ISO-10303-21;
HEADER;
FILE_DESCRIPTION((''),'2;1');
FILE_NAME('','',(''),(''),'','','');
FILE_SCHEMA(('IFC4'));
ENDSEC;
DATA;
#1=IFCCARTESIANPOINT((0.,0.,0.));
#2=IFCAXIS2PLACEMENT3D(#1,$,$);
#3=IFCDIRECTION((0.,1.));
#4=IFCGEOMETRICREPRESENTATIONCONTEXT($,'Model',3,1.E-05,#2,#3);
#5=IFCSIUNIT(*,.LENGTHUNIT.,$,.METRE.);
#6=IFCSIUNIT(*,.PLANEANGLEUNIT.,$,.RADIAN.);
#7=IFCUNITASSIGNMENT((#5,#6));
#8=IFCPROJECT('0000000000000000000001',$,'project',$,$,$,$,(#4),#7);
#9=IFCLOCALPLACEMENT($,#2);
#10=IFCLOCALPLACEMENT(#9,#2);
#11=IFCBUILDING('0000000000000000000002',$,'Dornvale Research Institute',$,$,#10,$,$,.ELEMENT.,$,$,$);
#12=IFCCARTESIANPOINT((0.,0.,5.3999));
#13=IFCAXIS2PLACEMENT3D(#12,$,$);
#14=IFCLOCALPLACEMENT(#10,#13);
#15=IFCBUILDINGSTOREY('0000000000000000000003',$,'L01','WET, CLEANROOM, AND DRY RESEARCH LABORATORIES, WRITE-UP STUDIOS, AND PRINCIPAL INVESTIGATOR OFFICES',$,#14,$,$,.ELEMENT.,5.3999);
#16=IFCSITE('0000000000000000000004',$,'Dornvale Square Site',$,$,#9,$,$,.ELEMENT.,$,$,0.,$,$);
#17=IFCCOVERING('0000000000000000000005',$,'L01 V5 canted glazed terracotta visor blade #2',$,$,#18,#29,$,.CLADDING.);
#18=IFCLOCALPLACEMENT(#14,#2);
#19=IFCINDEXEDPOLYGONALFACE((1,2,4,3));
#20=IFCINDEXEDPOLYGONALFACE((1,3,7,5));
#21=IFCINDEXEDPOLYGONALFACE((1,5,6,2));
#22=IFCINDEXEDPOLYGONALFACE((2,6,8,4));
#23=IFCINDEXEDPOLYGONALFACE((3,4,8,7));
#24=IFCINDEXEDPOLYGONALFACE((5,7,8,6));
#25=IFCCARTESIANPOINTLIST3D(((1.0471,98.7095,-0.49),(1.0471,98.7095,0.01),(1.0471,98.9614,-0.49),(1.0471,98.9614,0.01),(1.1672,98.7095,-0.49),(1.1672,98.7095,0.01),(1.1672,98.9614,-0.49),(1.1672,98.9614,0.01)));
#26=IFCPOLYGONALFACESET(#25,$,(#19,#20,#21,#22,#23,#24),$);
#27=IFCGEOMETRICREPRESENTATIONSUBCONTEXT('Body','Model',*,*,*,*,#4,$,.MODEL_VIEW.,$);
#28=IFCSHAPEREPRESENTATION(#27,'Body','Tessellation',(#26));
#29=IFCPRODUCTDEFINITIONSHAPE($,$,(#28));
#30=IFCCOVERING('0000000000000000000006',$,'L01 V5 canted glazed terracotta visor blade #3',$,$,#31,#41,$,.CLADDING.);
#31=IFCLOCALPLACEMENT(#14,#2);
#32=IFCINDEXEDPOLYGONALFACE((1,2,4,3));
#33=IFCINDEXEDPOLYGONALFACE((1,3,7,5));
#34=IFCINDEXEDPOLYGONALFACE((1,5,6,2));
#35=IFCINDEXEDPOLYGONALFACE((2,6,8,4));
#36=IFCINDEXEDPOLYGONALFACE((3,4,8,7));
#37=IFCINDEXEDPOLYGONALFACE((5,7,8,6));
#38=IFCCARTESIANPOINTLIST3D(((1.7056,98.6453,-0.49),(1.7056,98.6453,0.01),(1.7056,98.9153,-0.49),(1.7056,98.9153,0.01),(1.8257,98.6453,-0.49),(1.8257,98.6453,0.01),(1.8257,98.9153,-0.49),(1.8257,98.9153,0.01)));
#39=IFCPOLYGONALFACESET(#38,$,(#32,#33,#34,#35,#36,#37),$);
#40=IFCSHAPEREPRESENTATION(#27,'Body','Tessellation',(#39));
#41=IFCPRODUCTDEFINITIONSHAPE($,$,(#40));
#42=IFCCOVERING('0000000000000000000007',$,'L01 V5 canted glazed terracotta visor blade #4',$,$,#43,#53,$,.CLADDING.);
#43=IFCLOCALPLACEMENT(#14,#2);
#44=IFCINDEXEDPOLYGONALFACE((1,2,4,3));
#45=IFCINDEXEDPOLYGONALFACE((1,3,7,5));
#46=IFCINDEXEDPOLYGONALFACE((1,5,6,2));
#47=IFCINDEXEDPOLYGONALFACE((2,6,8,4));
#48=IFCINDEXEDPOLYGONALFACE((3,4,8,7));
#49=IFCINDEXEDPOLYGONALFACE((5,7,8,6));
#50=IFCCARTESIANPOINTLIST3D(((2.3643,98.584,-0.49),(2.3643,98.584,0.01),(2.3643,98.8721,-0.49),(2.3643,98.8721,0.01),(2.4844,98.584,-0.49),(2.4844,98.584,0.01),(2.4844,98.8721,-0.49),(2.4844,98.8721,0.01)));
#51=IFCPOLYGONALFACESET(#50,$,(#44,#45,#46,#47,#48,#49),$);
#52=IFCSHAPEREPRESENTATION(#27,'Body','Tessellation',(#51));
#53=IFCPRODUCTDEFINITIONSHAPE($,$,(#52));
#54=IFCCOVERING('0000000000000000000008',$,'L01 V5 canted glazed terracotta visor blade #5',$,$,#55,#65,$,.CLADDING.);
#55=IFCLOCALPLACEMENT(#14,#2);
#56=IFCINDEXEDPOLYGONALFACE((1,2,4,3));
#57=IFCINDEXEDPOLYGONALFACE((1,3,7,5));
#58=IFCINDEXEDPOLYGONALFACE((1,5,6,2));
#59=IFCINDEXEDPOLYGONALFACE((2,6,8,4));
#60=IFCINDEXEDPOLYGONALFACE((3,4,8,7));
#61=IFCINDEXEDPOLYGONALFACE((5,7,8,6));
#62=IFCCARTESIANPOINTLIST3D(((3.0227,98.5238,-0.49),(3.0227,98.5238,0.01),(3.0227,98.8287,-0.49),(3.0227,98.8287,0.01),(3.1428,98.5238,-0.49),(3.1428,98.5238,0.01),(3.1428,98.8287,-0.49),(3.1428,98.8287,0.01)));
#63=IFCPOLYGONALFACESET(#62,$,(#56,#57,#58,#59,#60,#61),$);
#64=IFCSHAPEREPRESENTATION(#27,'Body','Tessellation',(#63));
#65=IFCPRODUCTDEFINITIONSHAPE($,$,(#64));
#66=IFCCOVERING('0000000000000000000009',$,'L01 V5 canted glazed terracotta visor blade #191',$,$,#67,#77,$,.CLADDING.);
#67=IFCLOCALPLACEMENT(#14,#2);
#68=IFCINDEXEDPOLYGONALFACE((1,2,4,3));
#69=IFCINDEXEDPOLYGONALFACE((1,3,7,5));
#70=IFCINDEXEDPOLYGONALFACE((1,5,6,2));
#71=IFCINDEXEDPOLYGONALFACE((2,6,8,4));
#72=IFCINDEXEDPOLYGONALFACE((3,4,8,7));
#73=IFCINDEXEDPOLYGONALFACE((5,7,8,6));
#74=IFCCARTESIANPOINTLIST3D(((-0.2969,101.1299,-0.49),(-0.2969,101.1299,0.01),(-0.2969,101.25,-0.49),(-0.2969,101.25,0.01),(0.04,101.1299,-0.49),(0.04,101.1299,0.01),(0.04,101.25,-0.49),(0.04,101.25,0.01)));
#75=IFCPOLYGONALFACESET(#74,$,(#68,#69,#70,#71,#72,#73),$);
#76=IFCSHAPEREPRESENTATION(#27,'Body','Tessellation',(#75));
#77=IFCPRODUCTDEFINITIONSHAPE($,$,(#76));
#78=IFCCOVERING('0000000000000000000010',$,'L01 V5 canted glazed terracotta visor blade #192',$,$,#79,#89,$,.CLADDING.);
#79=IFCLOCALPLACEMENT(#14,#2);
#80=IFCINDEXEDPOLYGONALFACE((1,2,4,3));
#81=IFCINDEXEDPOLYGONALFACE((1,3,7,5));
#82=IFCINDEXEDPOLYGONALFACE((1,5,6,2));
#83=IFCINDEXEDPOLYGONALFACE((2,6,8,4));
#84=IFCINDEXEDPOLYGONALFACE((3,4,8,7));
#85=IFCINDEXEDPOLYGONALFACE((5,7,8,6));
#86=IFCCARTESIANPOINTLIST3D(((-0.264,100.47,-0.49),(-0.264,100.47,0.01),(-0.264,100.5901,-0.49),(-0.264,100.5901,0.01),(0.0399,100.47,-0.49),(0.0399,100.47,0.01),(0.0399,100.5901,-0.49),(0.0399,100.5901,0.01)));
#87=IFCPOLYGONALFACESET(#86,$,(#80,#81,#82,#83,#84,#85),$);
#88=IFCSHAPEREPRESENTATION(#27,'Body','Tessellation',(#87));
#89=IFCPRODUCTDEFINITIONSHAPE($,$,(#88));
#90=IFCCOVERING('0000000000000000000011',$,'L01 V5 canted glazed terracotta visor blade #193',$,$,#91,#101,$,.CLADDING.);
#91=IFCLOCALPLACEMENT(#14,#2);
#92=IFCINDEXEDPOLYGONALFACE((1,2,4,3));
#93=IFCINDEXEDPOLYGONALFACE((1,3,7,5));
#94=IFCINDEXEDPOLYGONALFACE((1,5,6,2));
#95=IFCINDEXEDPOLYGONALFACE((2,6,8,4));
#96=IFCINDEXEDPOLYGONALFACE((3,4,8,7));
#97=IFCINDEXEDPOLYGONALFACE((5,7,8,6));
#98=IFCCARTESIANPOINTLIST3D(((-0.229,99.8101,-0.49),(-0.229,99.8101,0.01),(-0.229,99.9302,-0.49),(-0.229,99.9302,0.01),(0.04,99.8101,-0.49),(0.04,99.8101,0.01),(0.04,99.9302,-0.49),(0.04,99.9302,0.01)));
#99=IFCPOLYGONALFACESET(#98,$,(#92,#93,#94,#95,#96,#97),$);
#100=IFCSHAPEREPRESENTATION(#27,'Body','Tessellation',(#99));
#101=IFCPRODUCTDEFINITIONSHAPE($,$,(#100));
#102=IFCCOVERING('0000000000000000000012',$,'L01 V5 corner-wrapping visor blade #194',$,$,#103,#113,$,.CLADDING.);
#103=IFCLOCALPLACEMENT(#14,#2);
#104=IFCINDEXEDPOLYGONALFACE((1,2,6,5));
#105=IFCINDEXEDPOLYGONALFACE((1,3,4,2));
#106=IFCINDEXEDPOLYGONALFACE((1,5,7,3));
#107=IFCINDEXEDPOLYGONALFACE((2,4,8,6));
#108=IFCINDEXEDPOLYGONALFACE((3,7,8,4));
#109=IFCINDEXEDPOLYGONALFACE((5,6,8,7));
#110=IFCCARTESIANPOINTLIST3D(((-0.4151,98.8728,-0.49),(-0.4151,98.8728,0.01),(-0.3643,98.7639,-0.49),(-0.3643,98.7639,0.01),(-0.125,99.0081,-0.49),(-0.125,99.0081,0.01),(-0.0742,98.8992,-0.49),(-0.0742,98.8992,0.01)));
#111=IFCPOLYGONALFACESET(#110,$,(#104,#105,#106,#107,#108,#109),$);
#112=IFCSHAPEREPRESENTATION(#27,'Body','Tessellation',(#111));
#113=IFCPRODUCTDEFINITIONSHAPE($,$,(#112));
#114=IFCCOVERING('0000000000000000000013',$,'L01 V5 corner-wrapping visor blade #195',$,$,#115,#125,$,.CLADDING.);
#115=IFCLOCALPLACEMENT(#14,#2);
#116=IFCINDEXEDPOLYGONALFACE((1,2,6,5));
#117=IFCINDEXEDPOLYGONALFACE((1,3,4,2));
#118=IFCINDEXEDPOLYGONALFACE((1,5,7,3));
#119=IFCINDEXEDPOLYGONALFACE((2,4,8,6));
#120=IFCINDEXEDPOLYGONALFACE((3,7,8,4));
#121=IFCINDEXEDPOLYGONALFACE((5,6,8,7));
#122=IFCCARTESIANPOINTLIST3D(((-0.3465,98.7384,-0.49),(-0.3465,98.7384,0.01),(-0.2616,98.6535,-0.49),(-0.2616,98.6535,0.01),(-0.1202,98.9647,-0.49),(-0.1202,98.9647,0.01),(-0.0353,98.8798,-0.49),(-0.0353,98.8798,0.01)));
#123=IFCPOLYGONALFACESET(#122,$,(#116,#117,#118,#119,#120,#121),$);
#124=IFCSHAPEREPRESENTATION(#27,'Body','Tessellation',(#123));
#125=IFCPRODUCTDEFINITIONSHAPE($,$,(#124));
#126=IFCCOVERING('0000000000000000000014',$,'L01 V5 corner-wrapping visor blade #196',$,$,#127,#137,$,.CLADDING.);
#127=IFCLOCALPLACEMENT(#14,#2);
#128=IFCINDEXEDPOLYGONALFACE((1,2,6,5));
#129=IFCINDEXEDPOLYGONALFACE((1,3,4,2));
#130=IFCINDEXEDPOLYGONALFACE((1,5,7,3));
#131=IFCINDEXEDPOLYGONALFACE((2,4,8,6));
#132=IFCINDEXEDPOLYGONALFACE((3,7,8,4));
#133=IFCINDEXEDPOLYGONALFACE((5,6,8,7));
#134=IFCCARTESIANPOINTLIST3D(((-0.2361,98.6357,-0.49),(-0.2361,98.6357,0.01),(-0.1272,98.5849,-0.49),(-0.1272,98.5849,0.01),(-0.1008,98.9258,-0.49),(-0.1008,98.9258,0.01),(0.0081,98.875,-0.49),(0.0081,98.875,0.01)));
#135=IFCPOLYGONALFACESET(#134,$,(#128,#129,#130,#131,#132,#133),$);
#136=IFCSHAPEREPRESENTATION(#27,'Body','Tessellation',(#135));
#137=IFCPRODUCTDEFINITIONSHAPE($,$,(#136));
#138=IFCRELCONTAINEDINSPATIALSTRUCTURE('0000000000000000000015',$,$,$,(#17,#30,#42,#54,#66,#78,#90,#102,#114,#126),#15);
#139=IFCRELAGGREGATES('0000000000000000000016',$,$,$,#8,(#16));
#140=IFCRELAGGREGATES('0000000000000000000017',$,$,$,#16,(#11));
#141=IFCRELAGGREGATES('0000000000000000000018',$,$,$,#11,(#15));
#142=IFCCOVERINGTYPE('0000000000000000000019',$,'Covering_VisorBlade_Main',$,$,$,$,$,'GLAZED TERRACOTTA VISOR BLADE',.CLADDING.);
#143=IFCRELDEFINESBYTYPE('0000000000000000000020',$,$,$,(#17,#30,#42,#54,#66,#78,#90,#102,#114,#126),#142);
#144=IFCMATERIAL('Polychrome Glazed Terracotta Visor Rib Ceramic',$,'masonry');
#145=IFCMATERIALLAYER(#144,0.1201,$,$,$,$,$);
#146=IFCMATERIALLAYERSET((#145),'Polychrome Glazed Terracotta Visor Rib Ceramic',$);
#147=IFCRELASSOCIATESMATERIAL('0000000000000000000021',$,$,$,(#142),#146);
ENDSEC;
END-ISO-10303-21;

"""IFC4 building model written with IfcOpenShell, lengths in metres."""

from ifc_helpers import new_model, si_unit, direction, frame, origin, origin_2d, place, context, subcontext, project, spatial, rectangle, extrude, material, layer, layer_set, type_object, element, save


model = new_model("IFC4")

# Units and contexts
model_context = context("Model", 3, precision=1e-05, world=origin(), true_north=direction((0.0, 1.0)))
body_context = subcontext(model_context, "Body", "Model", "MODEL_VIEW")
ifc_project = project(units=[si_unit("LENGTHUNIT", "METRE"), si_unit("PLANEANGLEUNIT", "RADIAN")], contexts=[model_context])

# Site, building, storey
site_placement = place(None, origin())
site = spatial("IfcSite", under=ifc_project, at=site_placement, Name="Dornvale Square Site", CompositionType="ELEMENT", RefElevation=0.0)
building_placement = place(site_placement, origin())
building = spatial("IfcBuilding", under=site, at=building_placement, Name="Dornvale Research Institute", CompositionType="ELEMENT")
storey_placement = place(building_placement, frame((0.0, 0.0, 5.3999)))
storey = spatial("IfcBuildingStorey", under=building, at=storey_placement, Name="L01", Description="WET, CLEANROOM, AND DRY RESEARCH LABORATORIES, WRITE-UP STUDIOS, AND PRINCIPAL INVESTIGATOR OFFICES", CompositionType="ELEMENT", Elevation=5.3999)

# Coverings
ifc_material_1 = material(Name="Polychrome Glazed Terracotta Visor Rib Ceramic", Category="masonry")
ifc_layer_1 = layer(ifc_material_1, 0.1201)
ifc_layer_set_1 = layer_set([ifc_layer_1], Name="Polychrome Glazed Terracotta Visor Rib Ceramic")
covering_type = type_object("IfcCoveringType", Name="Covering_VisorBlade_Main", ElementType="GLAZED TERRACOTTA VISOR BLADE", PredefinedType="CLADDING", material=ifc_layer_set_1)
covering_1_placement = place(storey_placement, frame((1.1072, 98.8354, -0.49), z_axis=(0.0, 0.0, 1.0), x_axis=(0.0, 1.0, 0.0)))
element("IfcCovering", 1, at=covering_1_placement, inside=storey, type_object=covering_type, Name="L01 V5 canted glazed terracotta visor blade #2", PredefinedType="CLADDING", context=body_context, shape_type="SweptSolid", body=[
    extrude(rectangle(XDim=0.252, YDim=0.1201, at=origin_2d()), origin(), (0.0, 0.0, 1.0), 0.5),
])
covering_2_placement = place(storey_placement, frame((1.7656, 98.7803, -0.49), z_axis=(0.0, 0.0, 1.0), x_axis=(0.0, 1.0, 0.0)))
element("IfcCovering", 2, at=covering_2_placement, inside=storey, type_object=covering_type, Name="L01 V5 canted glazed terracotta visor blade #3", PredefinedType="CLADDING", context=body_context, shape_type="SweptSolid", body=[
    extrude(rectangle(XDim=0.27, YDim=0.1201, at=origin_2d()), origin(), (0.0, 0.0, 1.0), 0.5),
])
covering_3_placement = place(storey_placement, frame((2.4243, 98.728, -0.49), z_axis=(0.0, 0.0, 1.0), x_axis=(0.0, 1.0, 0.0)))
element("IfcCovering", 3, at=covering_3_placement, inside=storey, type_object=covering_type, Name="L01 V5 canted glazed terracotta visor blade #4", PredefinedType="CLADDING", context=body_context, shape_type="SweptSolid", body=[
    extrude(rectangle(XDim=0.2881, YDim=0.1201, at=origin_2d()), origin(), (0.0, 0.0, 1.0), 0.5),
])
covering_4_placement = place(storey_placement, frame((3.0828, 98.6763, -0.49), z_axis=(0.0, 0.0, 1.0), x_axis=(0.0, 1.0, 0.0)))
element("IfcCovering", 4, at=covering_4_placement, inside=storey, type_object=covering_type, Name="L01 V5 canted glazed terracotta visor blade #5", PredefinedType="CLADDING", context=body_context, shape_type="SweptSolid", body=[
    extrude(rectangle(XDim=0.3049, YDim=0.1201, at=origin_2d()), origin(), (0.0, 0.0, 1.0), 0.5),
])
covering_5_placement = place(storey_placement, frame((-0.1284, 101.1899, -0.49), z_axis=(0.0, 0.0, 1.0), x_axis=(1.0, 0.0, 0.0)))
element("IfcCovering", 5, at=covering_5_placement, inside=storey, type_object=covering_type, Name="L01 V5 canted glazed terracotta visor blade #191", PredefinedType="CLADDING", context=body_context, shape_type="SweptSolid", body=[
    extrude(rectangle(XDim=0.3369, YDim=0.1201, at=origin_2d()), origin(), (0.0, 0.0, 1.0), 0.5),
])
covering_6_placement = place(storey_placement, frame((-0.1121, 100.53, -0.49), z_axis=(0.0, 0.0, 1.0), x_axis=(1.0, 0.0, 0.0)))
element("IfcCovering", 6, at=covering_6_placement, inside=storey, type_object=covering_type, Name="L01 V5 canted glazed terracotta visor blade #192", PredefinedType="CLADDING", context=body_context, shape_type="SweptSolid", body=[
    extrude(rectangle(XDim=0.304, YDim=0.1201, at=origin_2d()), origin(), (0.0, 0.0, 1.0), 0.5),
])
covering_7_placement = place(storey_placement, frame((-0.0945, 99.8701, -0.49), z_axis=(0.0, 0.0, 1.0), x_axis=(1.0, 0.0, 0.0)))
element("IfcCovering", 7, at=covering_7_placement, inside=storey, type_object=covering_type, Name="L01 V5 canted glazed terracotta visor blade #193", PredefinedType="CLADDING", context=body_context, shape_type="SweptSolid", body=[
    extrude(rectangle(XDim=0.269, YDim=0.1201, at=origin_2d()), origin(), (0.0, 0.0, 1.0), 0.5),
])
for number, where, z_axis, x_axis, name in (
    (8, (-0.2446, 98.886, -0.49), (0.0, 0.0, 1.0), (-0.906308, -0.422618, 0.0), "L01 V5 corner-wrapping visor blade #194"),
    (9, (-0.1909, 98.8091, -0.49), (0.0, 0.0, 1.0), (-0.707107, -0.707107, 0.0), "L01 V5 corner-wrapping visor blade #195"),
    (10, (-0.114, 98.7554, -0.49), (0.0, 0.0, 1.0), (-0.422618, -0.906308, 0.0), "L01 V5 corner-wrapping visor blade #196"),
):
    element("IfcCovering", number, at=place(storey_placement, frame(where, z_axis=z_axis, x_axis=x_axis)), inside=storey, type_object=covering_type, Name=name, PredefinedType="CLADDING", context=body_context, shape_type="SweptSolid", body=[
        extrude(rectangle(XDim=0.3201, YDim=0.1201, at=origin_2d()), origin(), (0.0, 0.0, 1.0), 0.5),
    ])

save(model, "model.ifc")
